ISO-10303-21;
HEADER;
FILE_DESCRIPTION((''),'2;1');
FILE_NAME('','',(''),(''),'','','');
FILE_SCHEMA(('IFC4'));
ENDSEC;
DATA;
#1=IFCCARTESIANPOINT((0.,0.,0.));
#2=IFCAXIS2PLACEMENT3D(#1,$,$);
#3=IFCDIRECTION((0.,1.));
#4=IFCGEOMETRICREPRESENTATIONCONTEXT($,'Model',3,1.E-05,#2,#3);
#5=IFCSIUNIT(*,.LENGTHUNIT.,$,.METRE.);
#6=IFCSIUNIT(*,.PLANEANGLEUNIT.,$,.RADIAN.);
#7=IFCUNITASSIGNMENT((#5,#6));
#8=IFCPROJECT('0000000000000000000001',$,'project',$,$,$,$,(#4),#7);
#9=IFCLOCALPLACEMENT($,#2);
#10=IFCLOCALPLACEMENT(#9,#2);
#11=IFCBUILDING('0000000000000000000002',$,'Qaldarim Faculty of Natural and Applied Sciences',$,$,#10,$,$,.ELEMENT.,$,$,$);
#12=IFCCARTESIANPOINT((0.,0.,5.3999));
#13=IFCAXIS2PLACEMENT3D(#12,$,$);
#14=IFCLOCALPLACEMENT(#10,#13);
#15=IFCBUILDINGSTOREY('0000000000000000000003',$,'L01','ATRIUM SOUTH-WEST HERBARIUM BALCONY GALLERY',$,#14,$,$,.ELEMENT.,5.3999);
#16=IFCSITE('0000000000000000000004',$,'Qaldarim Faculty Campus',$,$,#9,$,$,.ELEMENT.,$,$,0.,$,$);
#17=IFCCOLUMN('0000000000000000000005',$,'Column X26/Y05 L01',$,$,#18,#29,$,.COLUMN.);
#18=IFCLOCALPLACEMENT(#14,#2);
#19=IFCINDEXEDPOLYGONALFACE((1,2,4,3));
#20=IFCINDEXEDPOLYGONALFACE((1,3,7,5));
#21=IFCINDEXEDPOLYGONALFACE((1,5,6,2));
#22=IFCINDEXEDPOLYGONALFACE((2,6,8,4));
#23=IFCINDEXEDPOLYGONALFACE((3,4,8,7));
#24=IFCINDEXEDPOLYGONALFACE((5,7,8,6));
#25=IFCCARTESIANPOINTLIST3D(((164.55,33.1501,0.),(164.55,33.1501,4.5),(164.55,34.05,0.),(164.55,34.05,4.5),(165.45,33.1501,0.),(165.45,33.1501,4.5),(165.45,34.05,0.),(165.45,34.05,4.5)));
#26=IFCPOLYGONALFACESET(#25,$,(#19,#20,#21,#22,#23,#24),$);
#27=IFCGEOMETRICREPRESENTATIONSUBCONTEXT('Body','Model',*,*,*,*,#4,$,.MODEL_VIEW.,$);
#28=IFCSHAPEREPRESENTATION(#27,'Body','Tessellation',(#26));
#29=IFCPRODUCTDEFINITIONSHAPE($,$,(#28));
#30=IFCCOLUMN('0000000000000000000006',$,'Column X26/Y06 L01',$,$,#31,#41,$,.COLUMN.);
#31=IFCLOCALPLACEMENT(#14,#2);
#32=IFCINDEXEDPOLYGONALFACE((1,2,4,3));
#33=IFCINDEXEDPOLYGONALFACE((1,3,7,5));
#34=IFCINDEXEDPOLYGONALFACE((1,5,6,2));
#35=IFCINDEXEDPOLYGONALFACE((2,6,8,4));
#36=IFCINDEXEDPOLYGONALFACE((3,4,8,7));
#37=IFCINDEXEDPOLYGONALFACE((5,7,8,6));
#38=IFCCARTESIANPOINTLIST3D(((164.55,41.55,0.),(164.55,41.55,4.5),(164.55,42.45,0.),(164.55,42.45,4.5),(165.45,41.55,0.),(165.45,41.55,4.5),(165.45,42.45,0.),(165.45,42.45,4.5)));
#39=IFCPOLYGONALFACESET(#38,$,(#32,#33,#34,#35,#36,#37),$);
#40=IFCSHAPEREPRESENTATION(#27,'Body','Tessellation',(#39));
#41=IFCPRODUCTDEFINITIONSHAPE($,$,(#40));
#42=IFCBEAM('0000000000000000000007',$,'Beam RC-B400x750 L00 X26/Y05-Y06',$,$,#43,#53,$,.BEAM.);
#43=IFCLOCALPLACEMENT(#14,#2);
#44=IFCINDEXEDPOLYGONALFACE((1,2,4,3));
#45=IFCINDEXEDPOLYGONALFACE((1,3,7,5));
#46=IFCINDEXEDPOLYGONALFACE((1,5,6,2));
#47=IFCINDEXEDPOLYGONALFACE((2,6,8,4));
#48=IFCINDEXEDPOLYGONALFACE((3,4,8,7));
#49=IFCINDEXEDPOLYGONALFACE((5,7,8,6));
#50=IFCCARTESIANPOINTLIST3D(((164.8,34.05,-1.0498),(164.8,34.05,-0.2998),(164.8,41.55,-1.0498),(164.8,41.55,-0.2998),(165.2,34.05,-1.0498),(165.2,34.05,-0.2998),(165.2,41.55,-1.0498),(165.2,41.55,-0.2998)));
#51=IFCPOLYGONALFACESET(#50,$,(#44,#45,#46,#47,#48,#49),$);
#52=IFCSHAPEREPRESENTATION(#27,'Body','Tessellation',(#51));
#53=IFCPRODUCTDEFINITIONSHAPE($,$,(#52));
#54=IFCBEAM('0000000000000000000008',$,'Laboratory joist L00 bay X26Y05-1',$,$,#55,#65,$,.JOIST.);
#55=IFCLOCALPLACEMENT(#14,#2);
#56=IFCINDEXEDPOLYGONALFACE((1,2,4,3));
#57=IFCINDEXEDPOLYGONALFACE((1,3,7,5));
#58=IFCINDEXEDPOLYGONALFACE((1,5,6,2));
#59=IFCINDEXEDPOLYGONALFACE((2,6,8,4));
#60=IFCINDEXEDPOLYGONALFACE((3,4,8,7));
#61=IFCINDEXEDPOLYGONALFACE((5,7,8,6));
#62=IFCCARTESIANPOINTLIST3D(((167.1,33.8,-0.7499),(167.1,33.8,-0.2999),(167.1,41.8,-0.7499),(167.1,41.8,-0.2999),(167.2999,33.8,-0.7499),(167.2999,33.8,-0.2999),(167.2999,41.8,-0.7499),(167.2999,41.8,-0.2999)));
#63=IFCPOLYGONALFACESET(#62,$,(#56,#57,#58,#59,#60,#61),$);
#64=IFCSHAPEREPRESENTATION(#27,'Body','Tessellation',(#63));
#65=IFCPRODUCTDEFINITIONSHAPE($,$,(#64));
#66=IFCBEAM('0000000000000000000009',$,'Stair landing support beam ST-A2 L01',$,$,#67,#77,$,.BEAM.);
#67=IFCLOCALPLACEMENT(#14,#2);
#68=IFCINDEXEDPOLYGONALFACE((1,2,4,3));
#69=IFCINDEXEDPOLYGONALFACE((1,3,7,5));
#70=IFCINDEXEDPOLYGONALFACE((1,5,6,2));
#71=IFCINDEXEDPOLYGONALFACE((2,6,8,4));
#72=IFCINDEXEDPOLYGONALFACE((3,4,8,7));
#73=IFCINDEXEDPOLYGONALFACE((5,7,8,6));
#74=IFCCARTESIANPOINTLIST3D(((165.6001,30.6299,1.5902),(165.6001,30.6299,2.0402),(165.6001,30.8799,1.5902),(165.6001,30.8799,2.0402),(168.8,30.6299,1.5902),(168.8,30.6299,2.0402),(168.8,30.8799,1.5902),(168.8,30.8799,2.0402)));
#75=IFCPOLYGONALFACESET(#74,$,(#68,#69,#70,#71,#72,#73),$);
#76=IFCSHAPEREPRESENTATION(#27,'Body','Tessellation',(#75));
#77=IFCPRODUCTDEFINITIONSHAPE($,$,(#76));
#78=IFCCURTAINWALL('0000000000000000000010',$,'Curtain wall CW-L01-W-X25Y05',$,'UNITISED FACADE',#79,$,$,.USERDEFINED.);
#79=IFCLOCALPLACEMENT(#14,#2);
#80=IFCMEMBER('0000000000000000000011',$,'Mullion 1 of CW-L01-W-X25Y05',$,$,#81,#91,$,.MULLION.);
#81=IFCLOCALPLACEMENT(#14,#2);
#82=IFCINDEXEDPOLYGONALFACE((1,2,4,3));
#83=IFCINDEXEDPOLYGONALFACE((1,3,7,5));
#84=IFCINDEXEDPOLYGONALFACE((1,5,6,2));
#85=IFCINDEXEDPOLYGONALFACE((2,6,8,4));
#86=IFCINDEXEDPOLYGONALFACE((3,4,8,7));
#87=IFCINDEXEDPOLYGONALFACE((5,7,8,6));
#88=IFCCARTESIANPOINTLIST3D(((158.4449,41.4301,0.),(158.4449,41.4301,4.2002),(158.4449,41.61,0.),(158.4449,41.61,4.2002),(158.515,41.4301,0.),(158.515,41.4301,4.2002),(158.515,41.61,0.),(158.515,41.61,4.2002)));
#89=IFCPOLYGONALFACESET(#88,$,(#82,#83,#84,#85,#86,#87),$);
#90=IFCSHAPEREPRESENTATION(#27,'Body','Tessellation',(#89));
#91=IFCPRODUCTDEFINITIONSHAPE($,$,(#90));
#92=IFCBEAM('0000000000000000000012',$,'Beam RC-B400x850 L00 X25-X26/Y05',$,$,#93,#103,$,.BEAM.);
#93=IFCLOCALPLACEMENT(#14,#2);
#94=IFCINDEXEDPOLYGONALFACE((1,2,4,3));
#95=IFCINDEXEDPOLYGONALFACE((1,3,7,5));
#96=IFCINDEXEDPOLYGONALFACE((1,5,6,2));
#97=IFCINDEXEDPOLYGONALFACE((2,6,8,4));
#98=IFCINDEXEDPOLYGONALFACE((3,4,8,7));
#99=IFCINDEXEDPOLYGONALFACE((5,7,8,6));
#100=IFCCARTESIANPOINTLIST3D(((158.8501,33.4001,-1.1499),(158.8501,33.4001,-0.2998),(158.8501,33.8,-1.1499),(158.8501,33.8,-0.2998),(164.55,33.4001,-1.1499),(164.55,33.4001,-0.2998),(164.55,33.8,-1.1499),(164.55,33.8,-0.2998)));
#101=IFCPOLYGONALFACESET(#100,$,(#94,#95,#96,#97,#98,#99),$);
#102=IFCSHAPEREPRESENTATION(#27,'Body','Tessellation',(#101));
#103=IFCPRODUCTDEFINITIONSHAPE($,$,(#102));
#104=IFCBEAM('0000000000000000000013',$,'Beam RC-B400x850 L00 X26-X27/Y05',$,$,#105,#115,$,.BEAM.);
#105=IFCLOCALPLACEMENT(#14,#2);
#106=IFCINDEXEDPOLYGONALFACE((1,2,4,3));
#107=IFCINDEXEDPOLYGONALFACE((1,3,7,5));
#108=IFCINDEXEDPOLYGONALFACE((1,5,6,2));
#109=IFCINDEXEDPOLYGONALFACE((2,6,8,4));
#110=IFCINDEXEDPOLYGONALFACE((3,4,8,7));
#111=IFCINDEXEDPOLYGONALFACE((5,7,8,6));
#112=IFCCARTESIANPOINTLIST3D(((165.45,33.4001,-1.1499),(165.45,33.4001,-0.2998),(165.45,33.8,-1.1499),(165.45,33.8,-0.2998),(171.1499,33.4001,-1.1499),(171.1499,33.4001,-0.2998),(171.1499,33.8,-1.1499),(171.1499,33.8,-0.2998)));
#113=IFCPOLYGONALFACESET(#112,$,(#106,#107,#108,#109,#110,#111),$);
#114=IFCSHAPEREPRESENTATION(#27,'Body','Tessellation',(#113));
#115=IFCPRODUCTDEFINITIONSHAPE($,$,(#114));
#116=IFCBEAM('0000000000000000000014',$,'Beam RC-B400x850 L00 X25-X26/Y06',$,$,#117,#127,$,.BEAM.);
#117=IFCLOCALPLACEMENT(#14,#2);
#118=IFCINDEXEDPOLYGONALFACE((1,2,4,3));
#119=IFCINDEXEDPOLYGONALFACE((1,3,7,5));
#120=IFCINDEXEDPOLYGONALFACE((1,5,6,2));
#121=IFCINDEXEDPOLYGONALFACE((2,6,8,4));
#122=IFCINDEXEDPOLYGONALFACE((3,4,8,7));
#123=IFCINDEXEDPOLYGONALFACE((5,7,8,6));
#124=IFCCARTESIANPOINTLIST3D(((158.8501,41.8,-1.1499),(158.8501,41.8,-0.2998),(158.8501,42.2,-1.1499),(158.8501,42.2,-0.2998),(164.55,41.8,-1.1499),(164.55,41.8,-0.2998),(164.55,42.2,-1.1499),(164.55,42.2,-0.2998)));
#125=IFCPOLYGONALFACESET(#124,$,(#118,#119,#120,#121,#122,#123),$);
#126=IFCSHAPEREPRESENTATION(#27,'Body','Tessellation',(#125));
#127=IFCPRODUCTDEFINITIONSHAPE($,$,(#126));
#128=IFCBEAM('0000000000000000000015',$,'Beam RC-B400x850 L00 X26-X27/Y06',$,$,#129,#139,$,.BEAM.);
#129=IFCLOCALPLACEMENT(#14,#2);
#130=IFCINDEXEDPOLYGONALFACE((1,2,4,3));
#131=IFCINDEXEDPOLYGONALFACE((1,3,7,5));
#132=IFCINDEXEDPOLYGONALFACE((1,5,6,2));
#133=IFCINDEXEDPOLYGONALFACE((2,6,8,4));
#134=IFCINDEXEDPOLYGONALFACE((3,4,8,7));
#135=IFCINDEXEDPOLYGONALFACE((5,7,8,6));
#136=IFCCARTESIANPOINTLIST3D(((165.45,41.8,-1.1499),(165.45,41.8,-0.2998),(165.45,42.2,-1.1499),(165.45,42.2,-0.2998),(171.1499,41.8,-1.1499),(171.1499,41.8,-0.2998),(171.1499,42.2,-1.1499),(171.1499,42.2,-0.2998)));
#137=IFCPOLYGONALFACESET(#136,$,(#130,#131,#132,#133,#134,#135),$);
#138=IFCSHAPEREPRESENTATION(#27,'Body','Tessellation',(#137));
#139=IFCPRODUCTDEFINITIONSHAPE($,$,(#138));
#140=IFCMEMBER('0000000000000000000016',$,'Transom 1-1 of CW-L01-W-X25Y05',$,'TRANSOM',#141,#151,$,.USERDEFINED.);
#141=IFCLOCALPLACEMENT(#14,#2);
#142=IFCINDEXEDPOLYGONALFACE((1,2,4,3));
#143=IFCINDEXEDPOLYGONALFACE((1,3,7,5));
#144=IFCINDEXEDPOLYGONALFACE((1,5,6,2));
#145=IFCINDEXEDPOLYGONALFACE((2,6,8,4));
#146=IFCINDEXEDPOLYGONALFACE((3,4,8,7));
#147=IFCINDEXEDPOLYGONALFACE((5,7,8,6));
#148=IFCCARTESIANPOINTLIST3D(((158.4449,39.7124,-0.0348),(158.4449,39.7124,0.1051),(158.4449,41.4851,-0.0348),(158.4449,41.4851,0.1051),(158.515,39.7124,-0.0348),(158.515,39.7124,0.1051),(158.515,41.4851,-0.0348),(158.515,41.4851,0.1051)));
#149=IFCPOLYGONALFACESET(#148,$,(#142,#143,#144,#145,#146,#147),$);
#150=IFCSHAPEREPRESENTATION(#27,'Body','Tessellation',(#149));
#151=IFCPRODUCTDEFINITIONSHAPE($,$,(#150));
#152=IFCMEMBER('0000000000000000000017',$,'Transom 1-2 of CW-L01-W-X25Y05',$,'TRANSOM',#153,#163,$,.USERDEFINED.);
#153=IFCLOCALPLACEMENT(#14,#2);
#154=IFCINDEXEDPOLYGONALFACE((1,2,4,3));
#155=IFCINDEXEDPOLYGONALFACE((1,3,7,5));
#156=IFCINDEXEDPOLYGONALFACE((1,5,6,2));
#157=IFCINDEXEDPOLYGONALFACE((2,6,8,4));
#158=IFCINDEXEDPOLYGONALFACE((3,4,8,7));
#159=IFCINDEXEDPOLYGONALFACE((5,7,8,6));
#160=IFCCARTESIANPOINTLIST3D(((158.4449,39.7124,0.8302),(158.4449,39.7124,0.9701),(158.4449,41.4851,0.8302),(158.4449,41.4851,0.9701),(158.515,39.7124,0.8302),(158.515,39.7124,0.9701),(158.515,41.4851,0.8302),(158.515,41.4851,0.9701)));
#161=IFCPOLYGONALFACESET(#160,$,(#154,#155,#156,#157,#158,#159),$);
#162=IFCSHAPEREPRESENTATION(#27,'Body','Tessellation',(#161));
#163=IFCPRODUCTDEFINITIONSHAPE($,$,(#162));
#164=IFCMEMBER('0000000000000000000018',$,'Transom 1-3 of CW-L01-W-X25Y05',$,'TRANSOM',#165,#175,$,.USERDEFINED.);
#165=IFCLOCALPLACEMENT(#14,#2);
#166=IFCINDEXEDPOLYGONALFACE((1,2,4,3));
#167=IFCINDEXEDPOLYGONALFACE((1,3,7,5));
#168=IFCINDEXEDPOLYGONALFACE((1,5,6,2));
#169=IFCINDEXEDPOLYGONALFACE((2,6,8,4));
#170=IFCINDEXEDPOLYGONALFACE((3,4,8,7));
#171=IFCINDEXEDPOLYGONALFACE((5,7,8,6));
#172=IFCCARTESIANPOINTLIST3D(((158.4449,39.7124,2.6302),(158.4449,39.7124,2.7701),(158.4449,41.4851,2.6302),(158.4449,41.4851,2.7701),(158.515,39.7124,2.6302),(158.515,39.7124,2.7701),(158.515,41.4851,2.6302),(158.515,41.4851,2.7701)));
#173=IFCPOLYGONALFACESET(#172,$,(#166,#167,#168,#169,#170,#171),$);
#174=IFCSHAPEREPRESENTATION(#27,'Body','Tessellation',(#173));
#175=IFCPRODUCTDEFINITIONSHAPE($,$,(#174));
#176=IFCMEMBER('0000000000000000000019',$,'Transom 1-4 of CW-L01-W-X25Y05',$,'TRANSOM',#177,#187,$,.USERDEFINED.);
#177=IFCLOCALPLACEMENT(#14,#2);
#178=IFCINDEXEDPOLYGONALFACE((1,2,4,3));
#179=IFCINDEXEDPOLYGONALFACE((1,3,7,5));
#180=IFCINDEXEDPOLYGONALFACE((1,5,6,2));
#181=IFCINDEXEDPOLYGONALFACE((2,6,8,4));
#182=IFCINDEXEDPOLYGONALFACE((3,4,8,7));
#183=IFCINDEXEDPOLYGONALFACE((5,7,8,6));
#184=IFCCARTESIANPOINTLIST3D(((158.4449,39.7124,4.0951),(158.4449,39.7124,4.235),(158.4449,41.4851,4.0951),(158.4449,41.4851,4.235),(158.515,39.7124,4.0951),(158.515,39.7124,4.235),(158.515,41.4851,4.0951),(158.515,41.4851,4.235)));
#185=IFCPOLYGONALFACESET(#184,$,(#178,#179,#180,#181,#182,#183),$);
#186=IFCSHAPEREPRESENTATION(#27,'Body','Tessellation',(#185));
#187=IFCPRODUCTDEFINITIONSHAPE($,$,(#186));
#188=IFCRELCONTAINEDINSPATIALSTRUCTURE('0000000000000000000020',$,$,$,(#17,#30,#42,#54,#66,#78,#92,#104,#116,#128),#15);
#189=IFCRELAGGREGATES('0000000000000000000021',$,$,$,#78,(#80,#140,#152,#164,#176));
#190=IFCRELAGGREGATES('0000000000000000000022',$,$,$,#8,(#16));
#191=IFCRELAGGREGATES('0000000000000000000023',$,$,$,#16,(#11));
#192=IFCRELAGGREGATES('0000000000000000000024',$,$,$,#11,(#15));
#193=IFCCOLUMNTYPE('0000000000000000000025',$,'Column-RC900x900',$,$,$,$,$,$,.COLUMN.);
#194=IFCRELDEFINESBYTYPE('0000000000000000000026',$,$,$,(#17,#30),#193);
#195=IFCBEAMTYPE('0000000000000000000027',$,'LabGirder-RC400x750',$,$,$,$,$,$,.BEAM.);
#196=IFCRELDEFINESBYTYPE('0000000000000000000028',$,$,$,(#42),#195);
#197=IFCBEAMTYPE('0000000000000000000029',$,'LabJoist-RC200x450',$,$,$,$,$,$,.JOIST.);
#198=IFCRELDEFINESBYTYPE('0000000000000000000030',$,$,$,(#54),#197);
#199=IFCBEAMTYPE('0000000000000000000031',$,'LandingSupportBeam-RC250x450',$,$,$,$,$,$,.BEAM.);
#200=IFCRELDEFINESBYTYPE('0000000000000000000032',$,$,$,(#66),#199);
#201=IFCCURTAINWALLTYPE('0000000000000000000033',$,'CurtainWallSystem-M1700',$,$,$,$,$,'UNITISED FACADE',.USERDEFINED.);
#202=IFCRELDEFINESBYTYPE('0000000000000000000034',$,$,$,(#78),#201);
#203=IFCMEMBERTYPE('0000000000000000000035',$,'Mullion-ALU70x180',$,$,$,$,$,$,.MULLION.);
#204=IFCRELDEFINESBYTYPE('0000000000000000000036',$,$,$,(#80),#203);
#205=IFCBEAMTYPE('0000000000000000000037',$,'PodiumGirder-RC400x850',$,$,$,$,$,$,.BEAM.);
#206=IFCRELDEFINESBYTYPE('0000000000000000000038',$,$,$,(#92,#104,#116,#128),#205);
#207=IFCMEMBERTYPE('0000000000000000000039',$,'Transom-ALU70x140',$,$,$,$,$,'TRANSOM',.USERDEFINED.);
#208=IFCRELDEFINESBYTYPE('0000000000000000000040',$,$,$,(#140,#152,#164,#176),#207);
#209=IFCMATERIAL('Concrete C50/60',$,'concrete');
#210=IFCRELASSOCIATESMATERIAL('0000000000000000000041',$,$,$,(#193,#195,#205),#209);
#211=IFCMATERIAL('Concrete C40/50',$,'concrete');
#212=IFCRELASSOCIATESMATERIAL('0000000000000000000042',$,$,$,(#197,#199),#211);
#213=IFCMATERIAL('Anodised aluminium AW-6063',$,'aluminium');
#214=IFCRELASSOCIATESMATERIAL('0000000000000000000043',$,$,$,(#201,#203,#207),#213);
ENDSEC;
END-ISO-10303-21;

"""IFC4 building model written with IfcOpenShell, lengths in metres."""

from ifc_helpers import new_model, si_unit, direction, frame, origin, origin_2d, place, context, subcontext, project, spatial, rectangle, extrude, material, material_profile, profile_set, type_object, element, aggregate, save


model = new_model("IFC4")

# Units and contexts
model_context = context("Model", 3, precision=1e-05, world=origin(), true_north=direction((0.0, 1.0)))
body_context = subcontext(model_context, "Body", "Model", "MODEL_VIEW")
ifc_project = project(units=[si_unit("LENGTHUNIT", "METRE"), si_unit("PLANEANGLEUNIT", "RADIAN")], contexts=[model_context])

# Site, building, storey
site_placement = place(None, origin())
site = spatial("IfcSite", under=ifc_project, at=site_placement, Name="Qaldarim Faculty Campus", CompositionType="ELEMENT", RefElevation=0.0)
building_placement = place(site_placement, origin())
building = spatial("IfcBuilding", under=site, at=building_placement, Name="Qaldarim Faculty of Natural and Applied Sciences", CompositionType="ELEMENT")
storey_placement = place(building_placement, frame((0.0, 0.0, 5.3999)))
storey = spatial("IfcBuildingStorey", under=building, at=storey_placement, Name="L01", Description="ATRIUM SOUTH-WEST HERBARIUM BALCONY GALLERY", CompositionType="ELEMENT", Elevation=5.3999)

# Columns
ifc_material_1 = material(Name="Concrete C50/60", Category="concrete")
ifc_material_profile_1 = material_profile(ifc_material_1, rectangle(XDim=0.8999, YDim=0.8999, at=origin_2d()), Name="RC-C900x900")
ifc_profile_set_1 = profile_set([ifc_material_profile_1], Name="Concrete C50/60")
column_type = type_object("IfcColumnType", Name="Column-RC900x900", PredefinedType="COLUMN", material=ifc_profile_set_1)
for number, where, z_axis, x_axis, name in (
    (1, (165.0, 33.6001, 0.0), (0.0, 0.0, 1.0), (1.0, 0.0, 0.0), "Column X26/Y05 L01"),
    (2, (165.0, 42.0, 0.0), (0.0, 0.0, 1.0), (1.0, 0.0, 0.0), "Column X26/Y06 L01"),
):
    element("IfcColumn", number, at=place(storey_placement, frame(where, z_axis=z_axis, x_axis=x_axis)), inside=storey, type_object=column_type, Name=name, PredefinedType="COLUMN", context=body_context, shape_type="SweptSolid", body=[
        extrude(rectangle(XDim=0.8999, YDim=0.8999, at=origin_2d()), origin(), (0.0, 0.0, 1.0), 4.5),
    ])

# Beams
ifc_material_profile_2 = material_profile(ifc_material_1, rectangle(XDim=0.3999, YDim=0.75, at=origin_2d()), Name="RC-B400x750")
ifc_profile_set_2 = profile_set([ifc_material_profile_2], Name="Concrete C50/60")
beam_type_1 = type_object("IfcBeamType", Name="LabGirder-RC400x750", PredefinedType="BEAM", material=ifc_profile_set_2)
beam_1_placement = place(storey_placement, frame((165.0, 34.05, -0.6748), z_axis=(0.0, 1.0, 0.0), x_axis=(-1.0, 0.0, 0.0)))
element("IfcBeam", 3, at=beam_1_placement, inside=storey, type_object=beam_type_1, Name="Beam RC-B400x750 L00 X26/Y05-Y06", PredefinedType="BEAM", context=body_context, shape_type="SweptSolid", body=[
    extrude(rectangle(XDim=0.3999, YDim=0.75, at=origin_2d()), origin(), (0.0, 0.0, 1.0), 7.5),
])
ifc_material_2 = material(Name="Concrete C40/50", Category="concrete")
ifc_material_profile_3 = material_profile(ifc_material_2, rectangle(XDim=0.2, YDim=0.45, at=origin_2d()), Name="RC-J200x450")
ifc_profile_set_3 = profile_set([ifc_material_profile_3], Name="Concrete C40/50")
beam_type_2 = type_object("IfcBeamType", Name="LabJoist-RC200x450", PredefinedType="JOIST", material=ifc_profile_set_3)
beam_2_placement = place(storey_placement, frame((167.2, 33.8, -0.5249), z_axis=(0.0, 1.0, 0.0), x_axis=(-1.0, 0.0, 0.0)))
element("IfcBeam", 4, at=beam_2_placement, inside=storey, type_object=beam_type_2, Name="Laboratory joist L00 bay X26Y05-1", PredefinedType="JOIST", context=body_context, shape_type="SweptSolid", body=[
    extrude(rectangle(XDim=0.2, YDim=0.45, at=origin_2d()), origin(), (0.0, 0.0, 1.0), 8.0),
])
ifc_material_profile_4 = material_profile(ifc_material_2, rectangle(XDim=0.25, YDim=0.45, at=origin_2d()), Name="RC-LN250x450")
ifc_profile_set_4 = profile_set([ifc_material_profile_4], Name="Concrete C40/50")
beam_type_3 = type_object("IfcBeamType", Name="LandingSupportBeam-RC250x450", PredefinedType="BEAM", material=ifc_profile_set_4)
beam_3_placement = place(storey_placement, frame((165.6001, 30.7549, 1.8152), z_axis=(1.0, 0.0, 0.0), x_axis=(0.0, 1.0, 0.0)))
element("IfcBeam", 5, at=beam_3_placement, inside=storey, type_object=beam_type_3, Name="Stair landing support beam ST-A2 L01", PredefinedType="BEAM", context=body_context, shape_type="SweptSolid", body=[
    extrude(rectangle(XDim=0.25, YDim=0.45, at=origin_2d()), origin(), (0.0, 0.0, 1.0), 3.2),
])

# Curtain wall, member
ifc_material_3 = material(Name="Anodised aluminium AW-6063", Category="aluminium")
curtain_wall_type = type_object("IfcCurtainWallType", Name="CurtainWallSystem-M1700", ElementType="UNITISED FACADE", PredefinedType="USERDEFINED", material=ifc_material_3)
curtain_wall_placement = place(storey_placement, origin())
curtain_wall = element("IfcCurtainWall", 6, at=curtain_wall_placement, inside=storey, type_object=curtain_wall_type, Name="Curtain wall CW-L01-W-X25Y05", ObjectType="UNITISED FACADE", PredefinedType="USERDEFINED")
ifc_material_profile_5 = material_profile(ifc_material_3, rectangle(XDim=0.0701, YDim=0.1799, at=origin_2d()), Name="ALU-M70x180")
ifc_profile_set_5 = profile_set([ifc_material_profile_5], Name="Anodised aluminium AW-6063")
member_type_1 = type_object("IfcMemberType", Name="Mullion-ALU70x180", PredefinedType="MULLION", material=ifc_profile_set_5)
member_1_placement = place(storey_placement, frame((158.48, 41.52, 0.0), z_axis=(0.0, 0.0, 1.0), x_axis=(1.0, 0.0, 0.0)))
member_1 = element("IfcMember", 7, at=member_1_placement, type_object=member_type_1, Name="Mullion 1 of CW-L01-W-X25Y05", PredefinedType="MULLION", context=body_context, shape_type="SweptSolid", body=[
    extrude(rectangle(XDim=0.0701, YDim=0.1799, at=origin_2d()), origin(), (0.0, 0.0, 1.0), 4.2002),
])

# Beams
ifc_material_profile_6 = material_profile(ifc_material_1, rectangle(XDim=0.3999, YDim=0.8501, at=origin_2d()), Name="RC-B400x850")
ifc_profile_set_6 = profile_set([ifc_material_profile_6], Name="Concrete C50/60")
beam_type_4 = type_object("IfcBeamType", Name="PodiumGirder-RC400x850", PredefinedType="BEAM", material=ifc_profile_set_6)
for number, where, z_axis, x_axis, name in (
    (8, (158.8501, 33.6001, -0.7249), (1.0, 0.0, 0.0), (0.0, 1.0, 0.0), "Beam RC-B400x850 L00 X25-X26/Y05"),
    (9, (165.45, 33.6001, -0.7249), (1.0, 0.0, 0.0), (0.0, 1.0, 0.0), "Beam RC-B400x850 L00 X26-X27/Y05"),
    (10, (158.8501, 42.0, -0.7249), (1.0, 0.0, 0.0), (0.0, 1.0, 0.0), "Beam RC-B400x850 L00 X25-X26/Y06"),
    (11, (165.45, 42.0, -0.7249), (1.0, 0.0, 0.0), (0.0, 1.0, 0.0), "Beam RC-B400x850 L00 X26-X27/Y06"),
):
    element("IfcBeam", number, at=place(storey_placement, frame(where, z_axis=z_axis, x_axis=x_axis)), inside=storey, type_object=beam_type_4, Name=name, PredefinedType="BEAM", context=body_context, shape_type="SweptSolid", body=[
        extrude(rectangle(XDim=0.3999, YDim=0.8501, at=origin_2d()), origin(), (0.0, 0.0, 1.0), 5.7),
    ])

# Members
ifc_material_profile_7 = material_profile(ifc_material_3, rectangle(XDim=0.0701, YDim=0.1399, at=origin_2d()), Name="ALU-T70x140")
ifc_profile_set_7 = profile_set([ifc_material_profile_7], Name="Anodised aluminium AW-6063")
member_type_2 = type_object("IfcMemberType", Name="Transom-ALU70x140", ElementType="TRANSOM", PredefinedType="USERDEFINED", material=ifc_profile_set_7)
member_2_placement = place(storey_placement, frame((158.48, 41.4851, 0.0352), z_axis=(0.0, -1.0, 0.0), x_axis=(1.0, 0.0, 0.0)))
member_2 = element("IfcMember", 12, at=member_2_placement, type_object=member_type_2, Name="Transom 1-1 of CW-L01-W-X25Y05", ObjectType="TRANSOM", PredefinedType="USERDEFINED", context=body_context, shape_type="SweptSolid", body=[
    extrude(rectangle(XDim=0.0701, YDim=0.1399, at=origin_2d()), origin(), (0.0, 0.0, 1.0), 1.7727),
])
member_3_placement = place(storey_placement, frame((158.48, 41.4851, 0.9001), z_axis=(0.0, -1.0, 0.0), x_axis=(1.0, 0.0, 0.0)))
member_3 = element("IfcMember", 13, at=member_3_placement, type_object=member_type_2, Name="Transom 1-2 of CW-L01-W-X25Y05", ObjectType="TRANSOM", PredefinedType="USERDEFINED", context=body_context, shape_type="SweptSolid", body=[
    extrude(rectangle(XDim=0.0701, YDim=0.1399, at=origin_2d()), origin(), (0.0, 0.0, 1.0), 1.7727),
])
member_4_placement = place(storey_placement, frame((158.48, 41.4851, 2.7002), z_axis=(0.0, -1.0, 0.0), x_axis=(1.0, 0.0, 0.0)))
member_4 = element("IfcMember", 14, at=member_4_placement, type_object=member_type_2, Name="Transom 1-3 of CW-L01-W-X25Y05", ObjectType="TRANSOM", PredefinedType="USERDEFINED", context=body_context, shape_type="SweptSolid", body=[
    extrude(rectangle(XDim=0.0701, YDim=0.1399, at=origin_2d()), origin(), (0.0, 0.0, 1.0), 1.7727),
])
member_5_placement = place(storey_placement, frame((158.48, 41.4851, 4.165), z_axis=(0.0, -1.0, 0.0), x_axis=(1.0, 0.0, 0.0)))
member_5 = element("IfcMember", 15, at=member_5_placement, type_object=member_type_2, Name="Transom 1-4 of CW-L01-W-X25Y05", ObjectType="TRANSOM", PredefinedType="USERDEFINED", context=body_context, shape_type="SweptSolid", body=[
    extrude(rectangle(XDim=0.0701, YDim=0.1399, at=origin_2d()), origin(), (0.0, 0.0, 1.0), 1.7727),
])
aggregate(curtain_wall, [member_1, member_2, member_3, member_4, member_5])

save(model, "model.ifc")
